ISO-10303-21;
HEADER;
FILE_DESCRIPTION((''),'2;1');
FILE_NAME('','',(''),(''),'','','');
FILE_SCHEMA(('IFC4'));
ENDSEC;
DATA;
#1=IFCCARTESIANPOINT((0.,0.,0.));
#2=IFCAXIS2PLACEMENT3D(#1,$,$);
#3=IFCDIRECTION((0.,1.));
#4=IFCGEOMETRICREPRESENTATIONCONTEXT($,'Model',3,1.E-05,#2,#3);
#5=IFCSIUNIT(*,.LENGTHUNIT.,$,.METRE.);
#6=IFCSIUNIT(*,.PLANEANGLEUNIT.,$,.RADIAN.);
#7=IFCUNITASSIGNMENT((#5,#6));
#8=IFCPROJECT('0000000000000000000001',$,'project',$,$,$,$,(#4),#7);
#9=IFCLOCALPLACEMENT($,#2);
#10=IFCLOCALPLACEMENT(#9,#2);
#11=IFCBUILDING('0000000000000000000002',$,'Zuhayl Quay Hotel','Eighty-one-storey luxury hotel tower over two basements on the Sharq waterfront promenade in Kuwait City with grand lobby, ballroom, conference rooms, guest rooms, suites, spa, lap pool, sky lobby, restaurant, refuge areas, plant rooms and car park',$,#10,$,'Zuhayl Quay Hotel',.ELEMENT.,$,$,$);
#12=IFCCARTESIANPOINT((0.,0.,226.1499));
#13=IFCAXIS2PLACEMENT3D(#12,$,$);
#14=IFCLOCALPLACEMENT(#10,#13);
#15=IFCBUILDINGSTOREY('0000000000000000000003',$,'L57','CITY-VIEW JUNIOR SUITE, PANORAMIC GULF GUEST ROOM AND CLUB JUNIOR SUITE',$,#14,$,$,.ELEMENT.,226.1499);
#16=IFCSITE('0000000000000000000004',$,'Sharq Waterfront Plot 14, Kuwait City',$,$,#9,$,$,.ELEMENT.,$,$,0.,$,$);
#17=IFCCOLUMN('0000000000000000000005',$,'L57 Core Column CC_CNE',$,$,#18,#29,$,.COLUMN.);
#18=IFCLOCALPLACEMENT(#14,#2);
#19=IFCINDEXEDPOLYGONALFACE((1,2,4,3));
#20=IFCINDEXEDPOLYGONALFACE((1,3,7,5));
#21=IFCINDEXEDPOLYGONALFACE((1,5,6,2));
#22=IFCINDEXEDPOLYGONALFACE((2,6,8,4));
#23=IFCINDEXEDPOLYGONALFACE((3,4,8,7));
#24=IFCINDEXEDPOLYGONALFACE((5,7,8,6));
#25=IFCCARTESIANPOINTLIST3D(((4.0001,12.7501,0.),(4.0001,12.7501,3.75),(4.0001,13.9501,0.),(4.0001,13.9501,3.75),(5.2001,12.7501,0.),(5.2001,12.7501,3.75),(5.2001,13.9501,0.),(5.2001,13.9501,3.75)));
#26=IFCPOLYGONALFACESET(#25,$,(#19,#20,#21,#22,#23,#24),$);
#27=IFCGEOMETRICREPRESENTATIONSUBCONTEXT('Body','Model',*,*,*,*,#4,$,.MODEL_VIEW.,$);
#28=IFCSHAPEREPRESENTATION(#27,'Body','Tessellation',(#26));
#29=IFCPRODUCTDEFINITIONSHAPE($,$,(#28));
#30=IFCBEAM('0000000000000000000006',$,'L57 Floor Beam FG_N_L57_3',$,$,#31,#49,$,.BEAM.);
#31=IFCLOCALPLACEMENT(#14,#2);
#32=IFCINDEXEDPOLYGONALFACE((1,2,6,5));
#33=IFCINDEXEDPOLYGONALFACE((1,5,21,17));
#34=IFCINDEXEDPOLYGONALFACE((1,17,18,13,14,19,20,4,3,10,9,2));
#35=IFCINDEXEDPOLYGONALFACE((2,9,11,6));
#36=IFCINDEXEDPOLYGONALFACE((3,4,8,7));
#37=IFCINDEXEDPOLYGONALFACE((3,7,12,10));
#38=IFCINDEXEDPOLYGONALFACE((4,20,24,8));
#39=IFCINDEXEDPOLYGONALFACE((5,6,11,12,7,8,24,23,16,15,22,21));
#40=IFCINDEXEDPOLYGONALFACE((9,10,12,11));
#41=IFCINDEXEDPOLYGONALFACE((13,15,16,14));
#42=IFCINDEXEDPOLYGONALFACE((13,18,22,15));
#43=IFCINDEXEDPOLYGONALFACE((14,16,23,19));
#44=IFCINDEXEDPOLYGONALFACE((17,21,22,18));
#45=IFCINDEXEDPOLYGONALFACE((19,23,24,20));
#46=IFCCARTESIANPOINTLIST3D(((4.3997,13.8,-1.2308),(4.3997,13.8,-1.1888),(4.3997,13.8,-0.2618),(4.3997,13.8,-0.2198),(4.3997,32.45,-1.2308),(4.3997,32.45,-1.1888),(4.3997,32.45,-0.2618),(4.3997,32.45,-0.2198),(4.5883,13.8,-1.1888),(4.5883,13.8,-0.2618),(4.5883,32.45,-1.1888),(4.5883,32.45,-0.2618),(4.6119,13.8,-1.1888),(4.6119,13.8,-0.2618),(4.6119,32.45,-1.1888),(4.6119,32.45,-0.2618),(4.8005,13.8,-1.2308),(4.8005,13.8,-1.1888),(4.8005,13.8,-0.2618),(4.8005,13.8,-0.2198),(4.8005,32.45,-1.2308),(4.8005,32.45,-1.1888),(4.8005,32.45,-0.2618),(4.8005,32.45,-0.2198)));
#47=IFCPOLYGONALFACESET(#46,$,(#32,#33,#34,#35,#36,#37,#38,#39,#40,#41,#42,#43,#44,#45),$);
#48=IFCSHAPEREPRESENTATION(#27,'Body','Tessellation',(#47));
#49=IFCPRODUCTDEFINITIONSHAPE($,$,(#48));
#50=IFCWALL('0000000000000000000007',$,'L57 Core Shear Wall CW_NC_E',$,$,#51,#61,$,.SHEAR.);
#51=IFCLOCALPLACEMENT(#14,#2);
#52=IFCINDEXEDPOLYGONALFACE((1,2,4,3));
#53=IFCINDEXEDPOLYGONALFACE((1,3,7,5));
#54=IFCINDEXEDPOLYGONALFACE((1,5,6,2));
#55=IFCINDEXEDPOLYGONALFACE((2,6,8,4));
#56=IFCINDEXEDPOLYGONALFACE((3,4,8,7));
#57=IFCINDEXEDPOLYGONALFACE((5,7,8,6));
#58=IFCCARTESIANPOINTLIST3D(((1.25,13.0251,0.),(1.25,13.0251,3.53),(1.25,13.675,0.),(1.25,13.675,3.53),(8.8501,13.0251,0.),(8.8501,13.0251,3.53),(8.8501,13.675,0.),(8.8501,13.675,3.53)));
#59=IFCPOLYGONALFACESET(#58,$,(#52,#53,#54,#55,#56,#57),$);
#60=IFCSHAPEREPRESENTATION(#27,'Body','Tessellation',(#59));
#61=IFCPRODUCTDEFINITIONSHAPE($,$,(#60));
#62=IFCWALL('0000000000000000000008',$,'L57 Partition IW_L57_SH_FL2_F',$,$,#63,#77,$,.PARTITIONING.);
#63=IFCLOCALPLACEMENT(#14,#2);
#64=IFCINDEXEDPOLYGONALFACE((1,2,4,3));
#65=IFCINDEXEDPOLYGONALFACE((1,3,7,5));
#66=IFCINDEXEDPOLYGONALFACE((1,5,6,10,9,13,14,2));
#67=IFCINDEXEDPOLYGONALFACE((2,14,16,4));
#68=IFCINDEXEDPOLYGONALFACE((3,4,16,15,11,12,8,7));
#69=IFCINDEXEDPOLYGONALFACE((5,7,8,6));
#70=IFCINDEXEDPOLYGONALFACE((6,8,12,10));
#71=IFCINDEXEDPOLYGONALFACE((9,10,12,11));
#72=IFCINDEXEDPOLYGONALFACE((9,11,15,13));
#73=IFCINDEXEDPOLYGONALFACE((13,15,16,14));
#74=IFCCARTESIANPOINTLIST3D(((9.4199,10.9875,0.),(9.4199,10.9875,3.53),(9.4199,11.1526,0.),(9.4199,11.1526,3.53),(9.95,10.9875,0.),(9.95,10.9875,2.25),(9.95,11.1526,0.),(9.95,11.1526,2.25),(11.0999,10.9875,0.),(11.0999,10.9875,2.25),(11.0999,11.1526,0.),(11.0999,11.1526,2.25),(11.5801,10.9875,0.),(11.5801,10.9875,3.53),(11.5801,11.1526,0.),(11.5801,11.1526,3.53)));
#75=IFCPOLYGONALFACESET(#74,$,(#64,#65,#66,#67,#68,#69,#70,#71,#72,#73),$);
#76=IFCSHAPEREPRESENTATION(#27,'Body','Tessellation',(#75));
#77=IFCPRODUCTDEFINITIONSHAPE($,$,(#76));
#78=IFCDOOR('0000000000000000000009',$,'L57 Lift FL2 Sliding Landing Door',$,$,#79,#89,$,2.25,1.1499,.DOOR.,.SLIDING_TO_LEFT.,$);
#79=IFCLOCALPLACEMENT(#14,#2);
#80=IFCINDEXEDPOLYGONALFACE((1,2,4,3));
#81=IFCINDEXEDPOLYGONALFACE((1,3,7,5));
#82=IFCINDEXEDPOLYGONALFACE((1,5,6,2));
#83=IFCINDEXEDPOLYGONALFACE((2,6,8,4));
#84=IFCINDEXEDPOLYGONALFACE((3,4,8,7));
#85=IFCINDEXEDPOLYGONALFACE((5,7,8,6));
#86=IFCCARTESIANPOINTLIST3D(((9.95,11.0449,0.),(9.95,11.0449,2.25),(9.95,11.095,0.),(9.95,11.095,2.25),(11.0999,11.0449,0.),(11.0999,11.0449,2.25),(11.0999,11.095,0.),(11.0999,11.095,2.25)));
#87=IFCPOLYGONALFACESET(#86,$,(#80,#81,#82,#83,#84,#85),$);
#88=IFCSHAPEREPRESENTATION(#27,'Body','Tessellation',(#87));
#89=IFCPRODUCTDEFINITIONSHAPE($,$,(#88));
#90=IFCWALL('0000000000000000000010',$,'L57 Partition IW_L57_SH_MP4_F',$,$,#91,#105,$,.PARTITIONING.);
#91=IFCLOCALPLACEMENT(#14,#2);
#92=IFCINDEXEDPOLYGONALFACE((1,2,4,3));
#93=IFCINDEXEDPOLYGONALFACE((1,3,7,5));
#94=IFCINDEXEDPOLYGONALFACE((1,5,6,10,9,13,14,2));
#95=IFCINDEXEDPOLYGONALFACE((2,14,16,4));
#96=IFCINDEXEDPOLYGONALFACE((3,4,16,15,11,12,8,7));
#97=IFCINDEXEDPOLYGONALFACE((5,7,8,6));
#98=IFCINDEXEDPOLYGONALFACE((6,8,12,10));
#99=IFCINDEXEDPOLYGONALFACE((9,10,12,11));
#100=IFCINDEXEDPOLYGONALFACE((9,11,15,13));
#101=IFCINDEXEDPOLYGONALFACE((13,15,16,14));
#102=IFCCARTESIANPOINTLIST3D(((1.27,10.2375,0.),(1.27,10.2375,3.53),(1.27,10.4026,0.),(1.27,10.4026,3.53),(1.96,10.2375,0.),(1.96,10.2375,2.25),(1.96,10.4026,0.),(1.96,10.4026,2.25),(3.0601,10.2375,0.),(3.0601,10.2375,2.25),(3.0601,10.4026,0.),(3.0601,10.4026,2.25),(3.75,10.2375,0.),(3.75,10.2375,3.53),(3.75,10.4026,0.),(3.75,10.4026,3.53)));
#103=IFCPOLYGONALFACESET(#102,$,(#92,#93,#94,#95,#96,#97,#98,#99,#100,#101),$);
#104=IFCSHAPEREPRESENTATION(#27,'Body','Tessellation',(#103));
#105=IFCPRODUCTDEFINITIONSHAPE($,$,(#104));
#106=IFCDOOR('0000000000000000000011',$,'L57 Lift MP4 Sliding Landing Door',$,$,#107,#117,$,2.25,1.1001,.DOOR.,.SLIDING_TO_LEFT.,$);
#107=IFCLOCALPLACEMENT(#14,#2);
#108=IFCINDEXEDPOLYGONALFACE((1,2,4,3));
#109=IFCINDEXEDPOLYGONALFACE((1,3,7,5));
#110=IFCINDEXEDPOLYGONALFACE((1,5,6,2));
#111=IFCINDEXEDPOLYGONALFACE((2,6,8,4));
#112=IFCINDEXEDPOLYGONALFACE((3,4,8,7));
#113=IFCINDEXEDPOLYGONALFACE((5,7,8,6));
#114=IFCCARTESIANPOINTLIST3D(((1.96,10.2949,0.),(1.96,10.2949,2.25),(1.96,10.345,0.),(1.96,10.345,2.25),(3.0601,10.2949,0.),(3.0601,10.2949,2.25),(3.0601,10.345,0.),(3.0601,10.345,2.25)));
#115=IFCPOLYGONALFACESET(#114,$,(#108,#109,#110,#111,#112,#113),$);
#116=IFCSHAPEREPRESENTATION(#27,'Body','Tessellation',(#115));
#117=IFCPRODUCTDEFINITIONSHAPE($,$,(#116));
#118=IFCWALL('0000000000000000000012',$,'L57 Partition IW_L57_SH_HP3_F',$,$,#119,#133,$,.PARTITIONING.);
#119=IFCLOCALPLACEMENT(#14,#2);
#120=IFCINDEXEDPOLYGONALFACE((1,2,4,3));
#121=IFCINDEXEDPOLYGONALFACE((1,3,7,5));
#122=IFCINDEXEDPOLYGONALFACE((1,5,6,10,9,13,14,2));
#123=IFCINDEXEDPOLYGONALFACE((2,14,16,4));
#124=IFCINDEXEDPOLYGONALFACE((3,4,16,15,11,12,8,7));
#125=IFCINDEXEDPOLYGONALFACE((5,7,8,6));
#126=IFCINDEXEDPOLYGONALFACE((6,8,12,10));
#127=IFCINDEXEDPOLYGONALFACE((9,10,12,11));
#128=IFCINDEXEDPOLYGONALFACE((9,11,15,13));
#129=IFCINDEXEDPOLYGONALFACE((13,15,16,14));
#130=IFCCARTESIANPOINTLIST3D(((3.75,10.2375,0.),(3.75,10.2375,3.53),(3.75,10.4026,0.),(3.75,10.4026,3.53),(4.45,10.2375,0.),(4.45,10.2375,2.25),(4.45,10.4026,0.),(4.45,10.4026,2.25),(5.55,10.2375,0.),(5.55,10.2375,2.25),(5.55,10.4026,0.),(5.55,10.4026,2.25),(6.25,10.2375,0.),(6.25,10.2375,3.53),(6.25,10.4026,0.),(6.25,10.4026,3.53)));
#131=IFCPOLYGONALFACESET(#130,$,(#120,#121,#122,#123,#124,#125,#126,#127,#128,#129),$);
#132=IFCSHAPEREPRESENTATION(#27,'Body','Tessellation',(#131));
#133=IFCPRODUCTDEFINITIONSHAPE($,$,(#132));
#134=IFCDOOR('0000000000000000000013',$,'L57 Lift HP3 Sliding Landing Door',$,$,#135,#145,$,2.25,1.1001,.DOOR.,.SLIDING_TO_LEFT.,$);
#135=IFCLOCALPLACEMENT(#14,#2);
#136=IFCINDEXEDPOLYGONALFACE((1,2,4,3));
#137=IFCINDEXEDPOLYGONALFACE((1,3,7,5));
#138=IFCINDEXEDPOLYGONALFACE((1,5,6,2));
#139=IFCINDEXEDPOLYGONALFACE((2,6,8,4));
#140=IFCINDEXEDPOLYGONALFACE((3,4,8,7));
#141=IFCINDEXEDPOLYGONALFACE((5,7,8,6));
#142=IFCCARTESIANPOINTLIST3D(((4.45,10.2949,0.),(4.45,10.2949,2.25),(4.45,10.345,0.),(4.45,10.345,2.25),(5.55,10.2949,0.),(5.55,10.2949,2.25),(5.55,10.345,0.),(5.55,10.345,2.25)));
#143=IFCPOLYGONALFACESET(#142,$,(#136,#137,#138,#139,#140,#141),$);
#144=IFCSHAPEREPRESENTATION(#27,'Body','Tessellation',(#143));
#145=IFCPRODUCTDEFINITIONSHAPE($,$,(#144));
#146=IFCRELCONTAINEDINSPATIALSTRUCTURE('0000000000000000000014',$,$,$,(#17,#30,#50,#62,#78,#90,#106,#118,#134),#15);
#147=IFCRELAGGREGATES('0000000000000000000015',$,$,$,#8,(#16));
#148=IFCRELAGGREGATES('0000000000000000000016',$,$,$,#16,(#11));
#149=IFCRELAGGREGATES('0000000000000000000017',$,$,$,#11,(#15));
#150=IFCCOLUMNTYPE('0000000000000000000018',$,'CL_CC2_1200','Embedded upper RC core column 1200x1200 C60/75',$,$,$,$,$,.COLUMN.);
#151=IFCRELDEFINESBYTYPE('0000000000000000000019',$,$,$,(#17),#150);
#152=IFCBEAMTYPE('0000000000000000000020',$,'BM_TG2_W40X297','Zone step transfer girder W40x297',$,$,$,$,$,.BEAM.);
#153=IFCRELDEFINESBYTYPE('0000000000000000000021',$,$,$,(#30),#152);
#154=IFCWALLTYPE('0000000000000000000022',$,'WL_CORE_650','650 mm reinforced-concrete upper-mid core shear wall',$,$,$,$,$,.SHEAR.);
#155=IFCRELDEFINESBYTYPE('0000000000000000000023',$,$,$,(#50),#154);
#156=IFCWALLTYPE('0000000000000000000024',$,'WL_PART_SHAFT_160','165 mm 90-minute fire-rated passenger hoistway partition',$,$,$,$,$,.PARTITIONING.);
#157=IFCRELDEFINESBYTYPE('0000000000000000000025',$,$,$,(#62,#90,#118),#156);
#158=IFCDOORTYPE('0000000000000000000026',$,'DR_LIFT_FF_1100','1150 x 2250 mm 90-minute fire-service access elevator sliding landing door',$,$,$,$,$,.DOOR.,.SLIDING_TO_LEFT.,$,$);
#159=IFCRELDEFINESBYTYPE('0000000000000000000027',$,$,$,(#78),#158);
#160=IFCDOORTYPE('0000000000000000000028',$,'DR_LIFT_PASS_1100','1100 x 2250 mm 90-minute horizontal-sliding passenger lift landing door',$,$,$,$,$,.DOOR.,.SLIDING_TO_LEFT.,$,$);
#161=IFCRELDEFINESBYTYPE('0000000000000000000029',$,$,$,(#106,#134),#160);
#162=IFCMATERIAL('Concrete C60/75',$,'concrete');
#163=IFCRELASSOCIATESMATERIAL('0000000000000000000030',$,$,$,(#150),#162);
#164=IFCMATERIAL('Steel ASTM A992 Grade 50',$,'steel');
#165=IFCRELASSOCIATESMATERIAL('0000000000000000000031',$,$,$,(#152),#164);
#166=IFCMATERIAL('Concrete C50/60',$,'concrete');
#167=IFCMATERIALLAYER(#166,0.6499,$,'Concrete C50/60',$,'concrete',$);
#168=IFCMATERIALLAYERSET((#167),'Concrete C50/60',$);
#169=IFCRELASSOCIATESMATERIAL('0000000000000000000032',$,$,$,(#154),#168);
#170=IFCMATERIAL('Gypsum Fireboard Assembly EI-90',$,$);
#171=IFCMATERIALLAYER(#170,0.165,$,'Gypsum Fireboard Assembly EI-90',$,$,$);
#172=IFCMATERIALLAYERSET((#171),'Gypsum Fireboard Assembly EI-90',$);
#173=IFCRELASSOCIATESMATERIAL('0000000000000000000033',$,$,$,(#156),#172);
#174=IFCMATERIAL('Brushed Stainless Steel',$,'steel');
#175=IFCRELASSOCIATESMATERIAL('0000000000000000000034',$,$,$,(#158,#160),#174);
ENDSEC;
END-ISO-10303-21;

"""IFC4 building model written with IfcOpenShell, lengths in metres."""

from ifc_helpers import new_model, si_unit, direction, frame, frame_2d, origin, origin_2d, place, context, subcontext, project, spatial, rectangle, i_section, extrude, material, layer, layer_set, material_profile, profile_set, type_object, element, fill, save


model = new_model("IFC4")

# Units and contexts
model_context = context("Model", 3, precision=1e-05, world=origin(), true_north=direction((0.0, 1.0)))
body_context = subcontext(model_context, "Body", "Model", "MODEL_VIEW")
ifc_project = project(units=[si_unit("LENGTHUNIT", "METRE"), si_unit("PLANEANGLEUNIT", "RADIAN")], contexts=[model_context])

# Site, building, storey
site_placement = place(None, origin())
site = spatial("IfcSite", under=ifc_project, at=site_placement, Name="Sharq Waterfront Plot 14, Kuwait City", CompositionType="ELEMENT", RefElevation=0.0)
building_placement = place(site_placement, origin())
building = spatial("IfcBuilding", under=site, at=building_placement, Name="Zuhayl Quay Hotel", Description="Eighty-one-storey luxury hotel tower over two basements on the Sharq waterfront promenade in Kuwait City with grand lobby, ballroom, conference rooms, guest rooms, suites, spa, lap pool, sky lobby, restaurant, refuge areas, plant rooms and car park", LongName="Zuhayl Quay Hotel", CompositionType="ELEMENT")
storey_placement = place(building_placement, frame((0.0, 0.0, 226.1499)))
storey = spatial("IfcBuildingStorey", under=building, at=storey_placement, Name="L57", Description="CITY-VIEW JUNIOR SUITE, PANORAMIC GULF GUEST ROOM AND CLUB JUNIOR SUITE", CompositionType="ELEMENT", Elevation=226.1499)

# Column
ifc_material_1 = material(Name="Concrete C60/75", Category="concrete")
ifc_material_profile_1 = material_profile(ifc_material_1, rectangle(XDim=1.2, YDim=1.2, at=origin_2d()), Name="RC1200X1200")
ifc_profile_set_1 = profile_set([ifc_material_profile_1], Name="Concrete C60/75")
column_type = type_object("IfcColumnType", Name="CL_CC2_1200", Description="Embedded upper RC core column 1200x1200 C60/75", PredefinedType="COLUMN", material=ifc_profile_set_1)
column_placement = place(storey_placement, frame((4.6001, 13.3501, 0.0), z_axis=(0.0, 0.0, 1.0), x_axis=(1.0, 0.0, 0.0)))
element("IfcColumn", 1, at=column_placement, inside=storey, type_object=column_type, Name="L57 Core Column CC_CNE", PredefinedType="COLUMN", context=body_context, shape_type="SweptSolid", body=[
    extrude(rectangle(XDim=1.2, YDim=1.2, at=origin_2d()), origin(), (0.0, 0.0, 1.0), 3.75),
])

# Beam
ifc_material_2 = material(Name="Steel ASTM A992 Grade 50", Category="steel")
ifc_material_profile_2 = material_profile(ifc_material_2, i_section(OverallWidth=0.4009, OverallDepth=1.011, WebThickness=0.0237, FlangeThickness=0.042, at=origin_2d()), Name="W40X297")
ifc_profile_set_2 = profile_set([ifc_material_profile_2], Name="Steel ASTM A992 Grade 50")
beam_type = type_object("IfcBeamType", Name="BM_TG2_W40X297", Description="Zone step transfer girder W40x297", PredefinedType="BEAM", material=ifc_profile_set_2)
beam_placement = place(storey_placement, frame((4.6001, 13.8, -0.7253), z_axis=(0.0, 1.0, 0.0), x_axis=(-1.0, 0.0, 0.0)))
element("IfcBeam", 2, at=beam_placement, inside=storey, type_object=beam_type, Name="L57 Floor Beam FG_N_L57_3", PredefinedType="BEAM", context=body_context, shape_type="SweptSolid", body=[
    extrude(i_section(OverallWidth=0.4009, OverallDepth=1.011, WebThickness=0.0237, FlangeThickness=0.042, at=origin_2d()), origin(), (0.0, 0.0, 1.0), 18.6499),
])

# Wall
ifc_material_3 = material(Name="Concrete C50/60", Category="concrete")
ifc_layer_1 = layer(ifc_material_3, 0.6499, Name="Concrete C50/60", Category="concrete")
ifc_layer_set_1 = layer_set([ifc_layer_1], Name="Concrete C50/60")
wall_type_1 = type_object("IfcWallType", Name="WL_CORE_650", Description="650 mm reinforced-concrete upper-mid core shear wall", PredefinedType="SHEAR", material=ifc_layer_set_1)
wall_1_placement = place(storey_placement, frame((1.25, 13.3501, 0.0), z_axis=(0.0, 0.0, 1.0), x_axis=(1.0, 0.0, 0.0)))
element("IfcWall", 3, at=wall_1_placement, inside=storey, type_object=wall_type_1, Name="L57 Core Shear Wall CW_NC_E", PredefinedType="SHEAR", context=body_context, shape_type="SweptSolid", body=[
    extrude(rectangle(XDim=7.6001, YDim=0.6499, at=frame_2d((3.8, 0.0))), origin(), (0.0, 0.0, 1.0), 3.53),
])

# Walls, openings, doors
ifc_material_4 = material(Name="Gypsum Fireboard Assembly EI-90")
ifc_layer_2 = layer(ifc_material_4, 0.165, Name="Gypsum Fireboard Assembly EI-90")
ifc_layer_set_2 = layer_set([ifc_layer_2], Name="Gypsum Fireboard Assembly EI-90")
wall_type_2 = type_object("IfcWallType", Name="WL_PART_SHAFT_160", Description="165 mm 90-minute fire-rated passenger hoistway partition", PredefinedType="PARTITIONING", material=ifc_layer_set_2)
wall_2_placement = place(storey_placement, frame((9.4199, 11.0701, 0.0), z_axis=(0.0, 0.0, 1.0), x_axis=(1.0, 0.0, 0.0)))
wall_2 = element("IfcWall", 4, at=wall_2_placement, inside=storey, type_object=wall_type_2, Name="L57 Partition IW_L57_SH_FL2_F", PredefinedType="PARTITIONING", context=body_context, shape_type="SweptSolid", body=[
    extrude(rectangle(XDim=2.1602, YDim=0.165, at=frame_2d((1.0801, 0.0))), origin(), (0.0, 0.0, 1.0), 3.53),
])
opening_1_placement = place(wall_2_placement, frame((0.53, 0.0, 0.0)))
opening_1 = element("IfcOpeningElement", 5, at=opening_1_placement, cuts=wall_2, PredefinedType="OPENING", context=body_context, shape_type="SweptSolid", body=[
    extrude(rectangle(XDim=1.1499, YDim=2.25, at=frame_2d((0.575, 1.125))), frame((0.0, 0.0925, 0.0), z_axis=(0.0, -1.0, 0.0), x_axis=(1.0, 0.0, 0.0)), (0.0, 0.0, 1.0), 0.1851),
])
ifc_material_5 = material(Name="Brushed Stainless Steel", Category="steel")
door_type_1 = type_object("IfcDoorType", Name="DR_LIFT_FF_1100", Description="1150 x 2250 mm 90-minute fire-service access elevator sliding landing door", OperationType="SLIDING_TO_LEFT", PredefinedType="DOOR", material=ifc_material_5)
door_1_placement = place(opening_1_placement, origin())
door_1 = element("IfcDoor", 6, at=door_1_placement, inside=storey, type_object=door_type_1, Name="L57 Lift FL2 Sliding Landing Door", OperationType="SLIDING_TO_LEFT", OverallHeight=2.25, OverallWidth=1.1499, PredefinedType="DOOR", context=body_context, shape_type="SweptSolid", body=[
    extrude(rectangle(XDim=1.1499, YDim=2.25, at=frame_2d((0.575, 1.125))), frame((0.0, 0.0249, 0.0), z_axis=(0.0, -1.0, 0.0), x_axis=(1.0, 0.0, 0.0)), (0.0, 0.0, 1.0), 0.05),
])
fill(opening_1, door_1)
wall_3_placement = place(storey_placement, frame((1.27, 10.3201, 0.0), z_axis=(0.0, 0.0, 1.0), x_axis=(1.0, 0.0, 0.0)))
wall_3 = element("IfcWall", 7, at=wall_3_placement, inside=storey, type_object=wall_type_2, Name="L57 Partition IW_L57_SH_MP4_F", PredefinedType="PARTITIONING", context=body_context, shape_type="SweptSolid", body=[
    extrude(rectangle(XDim=2.48, YDim=0.165, at=frame_2d((1.24, 0.0))), origin(), (0.0, 0.0, 1.0), 3.53),
])
opening_2_placement = place(wall_3_placement, frame((0.6899, 0.0, 0.0)))
opening_2 = element("IfcOpeningElement", 8, at=opening_2_placement, cuts=wall_3, PredefinedType="OPENING", context=body_context, shape_type="SweptSolid", body=[
    extrude(rectangle(XDim=1.1001, YDim=2.25, at=frame_2d((0.55, 1.125))), frame((0.0, 0.0925, 0.0), z_axis=(0.0, -1.0, 0.0), x_axis=(1.0, 0.0, 0.0)), (0.0, 0.0, 1.0), 0.1851),
])
door_type_2 = type_object("IfcDoorType", Name="DR_LIFT_PASS_1100", Description="1100 x 2250 mm 90-minute horizontal-sliding passenger lift landing door", OperationType="SLIDING_TO_LEFT", PredefinedType="DOOR", material=ifc_material_5)
door_2_placement = place(opening_2_placement, origin())
door_2 = element("IfcDoor", 9, at=door_2_placement, inside=storey, type_object=door_type_2, Name="L57 Lift MP4 Sliding Landing Door", OperationType="SLIDING_TO_LEFT", OverallHeight=2.25, OverallWidth=1.1001, PredefinedType="DOOR", context=body_context, shape_type="SweptSolid", body=[
    extrude(rectangle(XDim=1.1001, YDim=2.25, at=frame_2d((0.55, 1.125))), frame((0.0, 0.0249, 0.0), z_axis=(0.0, -1.0, 0.0), x_axis=(1.0, 0.0, 0.0)), (0.0, 0.0, 1.0), 0.05),
])
fill(opening_2, door_2)
wall_4_placement = place(storey_placement, frame((3.75, 10.3201, 0.0), z_axis=(0.0, 0.0, 1.0), x_axis=(1.0, 0.0, 0.0)))
wall_4 = element("IfcWall", 10, at=wall_4_placement, inside=storey, type_object=wall_type_2, Name="L57 Partition IW_L57_SH_HP3_F", PredefinedType="PARTITIONING", context=body_context, shape_type="SweptSolid", body=[
    extrude(rectangle(XDim=2.5, YDim=0.165, at=frame_2d((1.25, 0.0))), origin(), (0.0, 0.0, 1.0), 3.53),
])
opening_3_placement = place(wall_4_placement, frame((0.7, 0.0, 0.0)))
opening_3 = element("IfcOpeningElement", 11, at=opening_3_placement, cuts=wall_4, PredefinedType="OPENING", context=body_context, shape_type="SweptSolid", body=[
    extrude(rectangle(XDim=1.1001, YDim=2.25, at=frame_2d((0.55, 1.125))), frame((0.0, 0.0925, 0.0), z_axis=(0.0, -1.0, 0.0), x_axis=(1.0, 0.0, 0.0)), (0.0, 0.0, 1.0), 0.1851),
])
door_3_placement = place(opening_3_placement, origin())
door_3 = element("IfcDoor", 12, at=door_3_placement, inside=storey, type_object=door_type_2, Name="L57 Lift HP3 Sliding Landing Door", OperationType="SLIDING_TO_LEFT", OverallHeight=2.25, OverallWidth=1.1001, PredefinedType="DOOR", context=body_context, shape_type="SweptSolid", body=[
    extrude(rectangle(XDim=1.1001, YDim=2.25, at=frame_2d((0.55, 1.125))), frame((0.0, 0.0249, 0.0), z_axis=(0.0, -1.0, 0.0), x_axis=(1.0, 0.0, 0.0)), (0.0, 0.0, 1.0), 0.05),
])
fill(opening_3, door_3)

save(model, "model.ifc")
